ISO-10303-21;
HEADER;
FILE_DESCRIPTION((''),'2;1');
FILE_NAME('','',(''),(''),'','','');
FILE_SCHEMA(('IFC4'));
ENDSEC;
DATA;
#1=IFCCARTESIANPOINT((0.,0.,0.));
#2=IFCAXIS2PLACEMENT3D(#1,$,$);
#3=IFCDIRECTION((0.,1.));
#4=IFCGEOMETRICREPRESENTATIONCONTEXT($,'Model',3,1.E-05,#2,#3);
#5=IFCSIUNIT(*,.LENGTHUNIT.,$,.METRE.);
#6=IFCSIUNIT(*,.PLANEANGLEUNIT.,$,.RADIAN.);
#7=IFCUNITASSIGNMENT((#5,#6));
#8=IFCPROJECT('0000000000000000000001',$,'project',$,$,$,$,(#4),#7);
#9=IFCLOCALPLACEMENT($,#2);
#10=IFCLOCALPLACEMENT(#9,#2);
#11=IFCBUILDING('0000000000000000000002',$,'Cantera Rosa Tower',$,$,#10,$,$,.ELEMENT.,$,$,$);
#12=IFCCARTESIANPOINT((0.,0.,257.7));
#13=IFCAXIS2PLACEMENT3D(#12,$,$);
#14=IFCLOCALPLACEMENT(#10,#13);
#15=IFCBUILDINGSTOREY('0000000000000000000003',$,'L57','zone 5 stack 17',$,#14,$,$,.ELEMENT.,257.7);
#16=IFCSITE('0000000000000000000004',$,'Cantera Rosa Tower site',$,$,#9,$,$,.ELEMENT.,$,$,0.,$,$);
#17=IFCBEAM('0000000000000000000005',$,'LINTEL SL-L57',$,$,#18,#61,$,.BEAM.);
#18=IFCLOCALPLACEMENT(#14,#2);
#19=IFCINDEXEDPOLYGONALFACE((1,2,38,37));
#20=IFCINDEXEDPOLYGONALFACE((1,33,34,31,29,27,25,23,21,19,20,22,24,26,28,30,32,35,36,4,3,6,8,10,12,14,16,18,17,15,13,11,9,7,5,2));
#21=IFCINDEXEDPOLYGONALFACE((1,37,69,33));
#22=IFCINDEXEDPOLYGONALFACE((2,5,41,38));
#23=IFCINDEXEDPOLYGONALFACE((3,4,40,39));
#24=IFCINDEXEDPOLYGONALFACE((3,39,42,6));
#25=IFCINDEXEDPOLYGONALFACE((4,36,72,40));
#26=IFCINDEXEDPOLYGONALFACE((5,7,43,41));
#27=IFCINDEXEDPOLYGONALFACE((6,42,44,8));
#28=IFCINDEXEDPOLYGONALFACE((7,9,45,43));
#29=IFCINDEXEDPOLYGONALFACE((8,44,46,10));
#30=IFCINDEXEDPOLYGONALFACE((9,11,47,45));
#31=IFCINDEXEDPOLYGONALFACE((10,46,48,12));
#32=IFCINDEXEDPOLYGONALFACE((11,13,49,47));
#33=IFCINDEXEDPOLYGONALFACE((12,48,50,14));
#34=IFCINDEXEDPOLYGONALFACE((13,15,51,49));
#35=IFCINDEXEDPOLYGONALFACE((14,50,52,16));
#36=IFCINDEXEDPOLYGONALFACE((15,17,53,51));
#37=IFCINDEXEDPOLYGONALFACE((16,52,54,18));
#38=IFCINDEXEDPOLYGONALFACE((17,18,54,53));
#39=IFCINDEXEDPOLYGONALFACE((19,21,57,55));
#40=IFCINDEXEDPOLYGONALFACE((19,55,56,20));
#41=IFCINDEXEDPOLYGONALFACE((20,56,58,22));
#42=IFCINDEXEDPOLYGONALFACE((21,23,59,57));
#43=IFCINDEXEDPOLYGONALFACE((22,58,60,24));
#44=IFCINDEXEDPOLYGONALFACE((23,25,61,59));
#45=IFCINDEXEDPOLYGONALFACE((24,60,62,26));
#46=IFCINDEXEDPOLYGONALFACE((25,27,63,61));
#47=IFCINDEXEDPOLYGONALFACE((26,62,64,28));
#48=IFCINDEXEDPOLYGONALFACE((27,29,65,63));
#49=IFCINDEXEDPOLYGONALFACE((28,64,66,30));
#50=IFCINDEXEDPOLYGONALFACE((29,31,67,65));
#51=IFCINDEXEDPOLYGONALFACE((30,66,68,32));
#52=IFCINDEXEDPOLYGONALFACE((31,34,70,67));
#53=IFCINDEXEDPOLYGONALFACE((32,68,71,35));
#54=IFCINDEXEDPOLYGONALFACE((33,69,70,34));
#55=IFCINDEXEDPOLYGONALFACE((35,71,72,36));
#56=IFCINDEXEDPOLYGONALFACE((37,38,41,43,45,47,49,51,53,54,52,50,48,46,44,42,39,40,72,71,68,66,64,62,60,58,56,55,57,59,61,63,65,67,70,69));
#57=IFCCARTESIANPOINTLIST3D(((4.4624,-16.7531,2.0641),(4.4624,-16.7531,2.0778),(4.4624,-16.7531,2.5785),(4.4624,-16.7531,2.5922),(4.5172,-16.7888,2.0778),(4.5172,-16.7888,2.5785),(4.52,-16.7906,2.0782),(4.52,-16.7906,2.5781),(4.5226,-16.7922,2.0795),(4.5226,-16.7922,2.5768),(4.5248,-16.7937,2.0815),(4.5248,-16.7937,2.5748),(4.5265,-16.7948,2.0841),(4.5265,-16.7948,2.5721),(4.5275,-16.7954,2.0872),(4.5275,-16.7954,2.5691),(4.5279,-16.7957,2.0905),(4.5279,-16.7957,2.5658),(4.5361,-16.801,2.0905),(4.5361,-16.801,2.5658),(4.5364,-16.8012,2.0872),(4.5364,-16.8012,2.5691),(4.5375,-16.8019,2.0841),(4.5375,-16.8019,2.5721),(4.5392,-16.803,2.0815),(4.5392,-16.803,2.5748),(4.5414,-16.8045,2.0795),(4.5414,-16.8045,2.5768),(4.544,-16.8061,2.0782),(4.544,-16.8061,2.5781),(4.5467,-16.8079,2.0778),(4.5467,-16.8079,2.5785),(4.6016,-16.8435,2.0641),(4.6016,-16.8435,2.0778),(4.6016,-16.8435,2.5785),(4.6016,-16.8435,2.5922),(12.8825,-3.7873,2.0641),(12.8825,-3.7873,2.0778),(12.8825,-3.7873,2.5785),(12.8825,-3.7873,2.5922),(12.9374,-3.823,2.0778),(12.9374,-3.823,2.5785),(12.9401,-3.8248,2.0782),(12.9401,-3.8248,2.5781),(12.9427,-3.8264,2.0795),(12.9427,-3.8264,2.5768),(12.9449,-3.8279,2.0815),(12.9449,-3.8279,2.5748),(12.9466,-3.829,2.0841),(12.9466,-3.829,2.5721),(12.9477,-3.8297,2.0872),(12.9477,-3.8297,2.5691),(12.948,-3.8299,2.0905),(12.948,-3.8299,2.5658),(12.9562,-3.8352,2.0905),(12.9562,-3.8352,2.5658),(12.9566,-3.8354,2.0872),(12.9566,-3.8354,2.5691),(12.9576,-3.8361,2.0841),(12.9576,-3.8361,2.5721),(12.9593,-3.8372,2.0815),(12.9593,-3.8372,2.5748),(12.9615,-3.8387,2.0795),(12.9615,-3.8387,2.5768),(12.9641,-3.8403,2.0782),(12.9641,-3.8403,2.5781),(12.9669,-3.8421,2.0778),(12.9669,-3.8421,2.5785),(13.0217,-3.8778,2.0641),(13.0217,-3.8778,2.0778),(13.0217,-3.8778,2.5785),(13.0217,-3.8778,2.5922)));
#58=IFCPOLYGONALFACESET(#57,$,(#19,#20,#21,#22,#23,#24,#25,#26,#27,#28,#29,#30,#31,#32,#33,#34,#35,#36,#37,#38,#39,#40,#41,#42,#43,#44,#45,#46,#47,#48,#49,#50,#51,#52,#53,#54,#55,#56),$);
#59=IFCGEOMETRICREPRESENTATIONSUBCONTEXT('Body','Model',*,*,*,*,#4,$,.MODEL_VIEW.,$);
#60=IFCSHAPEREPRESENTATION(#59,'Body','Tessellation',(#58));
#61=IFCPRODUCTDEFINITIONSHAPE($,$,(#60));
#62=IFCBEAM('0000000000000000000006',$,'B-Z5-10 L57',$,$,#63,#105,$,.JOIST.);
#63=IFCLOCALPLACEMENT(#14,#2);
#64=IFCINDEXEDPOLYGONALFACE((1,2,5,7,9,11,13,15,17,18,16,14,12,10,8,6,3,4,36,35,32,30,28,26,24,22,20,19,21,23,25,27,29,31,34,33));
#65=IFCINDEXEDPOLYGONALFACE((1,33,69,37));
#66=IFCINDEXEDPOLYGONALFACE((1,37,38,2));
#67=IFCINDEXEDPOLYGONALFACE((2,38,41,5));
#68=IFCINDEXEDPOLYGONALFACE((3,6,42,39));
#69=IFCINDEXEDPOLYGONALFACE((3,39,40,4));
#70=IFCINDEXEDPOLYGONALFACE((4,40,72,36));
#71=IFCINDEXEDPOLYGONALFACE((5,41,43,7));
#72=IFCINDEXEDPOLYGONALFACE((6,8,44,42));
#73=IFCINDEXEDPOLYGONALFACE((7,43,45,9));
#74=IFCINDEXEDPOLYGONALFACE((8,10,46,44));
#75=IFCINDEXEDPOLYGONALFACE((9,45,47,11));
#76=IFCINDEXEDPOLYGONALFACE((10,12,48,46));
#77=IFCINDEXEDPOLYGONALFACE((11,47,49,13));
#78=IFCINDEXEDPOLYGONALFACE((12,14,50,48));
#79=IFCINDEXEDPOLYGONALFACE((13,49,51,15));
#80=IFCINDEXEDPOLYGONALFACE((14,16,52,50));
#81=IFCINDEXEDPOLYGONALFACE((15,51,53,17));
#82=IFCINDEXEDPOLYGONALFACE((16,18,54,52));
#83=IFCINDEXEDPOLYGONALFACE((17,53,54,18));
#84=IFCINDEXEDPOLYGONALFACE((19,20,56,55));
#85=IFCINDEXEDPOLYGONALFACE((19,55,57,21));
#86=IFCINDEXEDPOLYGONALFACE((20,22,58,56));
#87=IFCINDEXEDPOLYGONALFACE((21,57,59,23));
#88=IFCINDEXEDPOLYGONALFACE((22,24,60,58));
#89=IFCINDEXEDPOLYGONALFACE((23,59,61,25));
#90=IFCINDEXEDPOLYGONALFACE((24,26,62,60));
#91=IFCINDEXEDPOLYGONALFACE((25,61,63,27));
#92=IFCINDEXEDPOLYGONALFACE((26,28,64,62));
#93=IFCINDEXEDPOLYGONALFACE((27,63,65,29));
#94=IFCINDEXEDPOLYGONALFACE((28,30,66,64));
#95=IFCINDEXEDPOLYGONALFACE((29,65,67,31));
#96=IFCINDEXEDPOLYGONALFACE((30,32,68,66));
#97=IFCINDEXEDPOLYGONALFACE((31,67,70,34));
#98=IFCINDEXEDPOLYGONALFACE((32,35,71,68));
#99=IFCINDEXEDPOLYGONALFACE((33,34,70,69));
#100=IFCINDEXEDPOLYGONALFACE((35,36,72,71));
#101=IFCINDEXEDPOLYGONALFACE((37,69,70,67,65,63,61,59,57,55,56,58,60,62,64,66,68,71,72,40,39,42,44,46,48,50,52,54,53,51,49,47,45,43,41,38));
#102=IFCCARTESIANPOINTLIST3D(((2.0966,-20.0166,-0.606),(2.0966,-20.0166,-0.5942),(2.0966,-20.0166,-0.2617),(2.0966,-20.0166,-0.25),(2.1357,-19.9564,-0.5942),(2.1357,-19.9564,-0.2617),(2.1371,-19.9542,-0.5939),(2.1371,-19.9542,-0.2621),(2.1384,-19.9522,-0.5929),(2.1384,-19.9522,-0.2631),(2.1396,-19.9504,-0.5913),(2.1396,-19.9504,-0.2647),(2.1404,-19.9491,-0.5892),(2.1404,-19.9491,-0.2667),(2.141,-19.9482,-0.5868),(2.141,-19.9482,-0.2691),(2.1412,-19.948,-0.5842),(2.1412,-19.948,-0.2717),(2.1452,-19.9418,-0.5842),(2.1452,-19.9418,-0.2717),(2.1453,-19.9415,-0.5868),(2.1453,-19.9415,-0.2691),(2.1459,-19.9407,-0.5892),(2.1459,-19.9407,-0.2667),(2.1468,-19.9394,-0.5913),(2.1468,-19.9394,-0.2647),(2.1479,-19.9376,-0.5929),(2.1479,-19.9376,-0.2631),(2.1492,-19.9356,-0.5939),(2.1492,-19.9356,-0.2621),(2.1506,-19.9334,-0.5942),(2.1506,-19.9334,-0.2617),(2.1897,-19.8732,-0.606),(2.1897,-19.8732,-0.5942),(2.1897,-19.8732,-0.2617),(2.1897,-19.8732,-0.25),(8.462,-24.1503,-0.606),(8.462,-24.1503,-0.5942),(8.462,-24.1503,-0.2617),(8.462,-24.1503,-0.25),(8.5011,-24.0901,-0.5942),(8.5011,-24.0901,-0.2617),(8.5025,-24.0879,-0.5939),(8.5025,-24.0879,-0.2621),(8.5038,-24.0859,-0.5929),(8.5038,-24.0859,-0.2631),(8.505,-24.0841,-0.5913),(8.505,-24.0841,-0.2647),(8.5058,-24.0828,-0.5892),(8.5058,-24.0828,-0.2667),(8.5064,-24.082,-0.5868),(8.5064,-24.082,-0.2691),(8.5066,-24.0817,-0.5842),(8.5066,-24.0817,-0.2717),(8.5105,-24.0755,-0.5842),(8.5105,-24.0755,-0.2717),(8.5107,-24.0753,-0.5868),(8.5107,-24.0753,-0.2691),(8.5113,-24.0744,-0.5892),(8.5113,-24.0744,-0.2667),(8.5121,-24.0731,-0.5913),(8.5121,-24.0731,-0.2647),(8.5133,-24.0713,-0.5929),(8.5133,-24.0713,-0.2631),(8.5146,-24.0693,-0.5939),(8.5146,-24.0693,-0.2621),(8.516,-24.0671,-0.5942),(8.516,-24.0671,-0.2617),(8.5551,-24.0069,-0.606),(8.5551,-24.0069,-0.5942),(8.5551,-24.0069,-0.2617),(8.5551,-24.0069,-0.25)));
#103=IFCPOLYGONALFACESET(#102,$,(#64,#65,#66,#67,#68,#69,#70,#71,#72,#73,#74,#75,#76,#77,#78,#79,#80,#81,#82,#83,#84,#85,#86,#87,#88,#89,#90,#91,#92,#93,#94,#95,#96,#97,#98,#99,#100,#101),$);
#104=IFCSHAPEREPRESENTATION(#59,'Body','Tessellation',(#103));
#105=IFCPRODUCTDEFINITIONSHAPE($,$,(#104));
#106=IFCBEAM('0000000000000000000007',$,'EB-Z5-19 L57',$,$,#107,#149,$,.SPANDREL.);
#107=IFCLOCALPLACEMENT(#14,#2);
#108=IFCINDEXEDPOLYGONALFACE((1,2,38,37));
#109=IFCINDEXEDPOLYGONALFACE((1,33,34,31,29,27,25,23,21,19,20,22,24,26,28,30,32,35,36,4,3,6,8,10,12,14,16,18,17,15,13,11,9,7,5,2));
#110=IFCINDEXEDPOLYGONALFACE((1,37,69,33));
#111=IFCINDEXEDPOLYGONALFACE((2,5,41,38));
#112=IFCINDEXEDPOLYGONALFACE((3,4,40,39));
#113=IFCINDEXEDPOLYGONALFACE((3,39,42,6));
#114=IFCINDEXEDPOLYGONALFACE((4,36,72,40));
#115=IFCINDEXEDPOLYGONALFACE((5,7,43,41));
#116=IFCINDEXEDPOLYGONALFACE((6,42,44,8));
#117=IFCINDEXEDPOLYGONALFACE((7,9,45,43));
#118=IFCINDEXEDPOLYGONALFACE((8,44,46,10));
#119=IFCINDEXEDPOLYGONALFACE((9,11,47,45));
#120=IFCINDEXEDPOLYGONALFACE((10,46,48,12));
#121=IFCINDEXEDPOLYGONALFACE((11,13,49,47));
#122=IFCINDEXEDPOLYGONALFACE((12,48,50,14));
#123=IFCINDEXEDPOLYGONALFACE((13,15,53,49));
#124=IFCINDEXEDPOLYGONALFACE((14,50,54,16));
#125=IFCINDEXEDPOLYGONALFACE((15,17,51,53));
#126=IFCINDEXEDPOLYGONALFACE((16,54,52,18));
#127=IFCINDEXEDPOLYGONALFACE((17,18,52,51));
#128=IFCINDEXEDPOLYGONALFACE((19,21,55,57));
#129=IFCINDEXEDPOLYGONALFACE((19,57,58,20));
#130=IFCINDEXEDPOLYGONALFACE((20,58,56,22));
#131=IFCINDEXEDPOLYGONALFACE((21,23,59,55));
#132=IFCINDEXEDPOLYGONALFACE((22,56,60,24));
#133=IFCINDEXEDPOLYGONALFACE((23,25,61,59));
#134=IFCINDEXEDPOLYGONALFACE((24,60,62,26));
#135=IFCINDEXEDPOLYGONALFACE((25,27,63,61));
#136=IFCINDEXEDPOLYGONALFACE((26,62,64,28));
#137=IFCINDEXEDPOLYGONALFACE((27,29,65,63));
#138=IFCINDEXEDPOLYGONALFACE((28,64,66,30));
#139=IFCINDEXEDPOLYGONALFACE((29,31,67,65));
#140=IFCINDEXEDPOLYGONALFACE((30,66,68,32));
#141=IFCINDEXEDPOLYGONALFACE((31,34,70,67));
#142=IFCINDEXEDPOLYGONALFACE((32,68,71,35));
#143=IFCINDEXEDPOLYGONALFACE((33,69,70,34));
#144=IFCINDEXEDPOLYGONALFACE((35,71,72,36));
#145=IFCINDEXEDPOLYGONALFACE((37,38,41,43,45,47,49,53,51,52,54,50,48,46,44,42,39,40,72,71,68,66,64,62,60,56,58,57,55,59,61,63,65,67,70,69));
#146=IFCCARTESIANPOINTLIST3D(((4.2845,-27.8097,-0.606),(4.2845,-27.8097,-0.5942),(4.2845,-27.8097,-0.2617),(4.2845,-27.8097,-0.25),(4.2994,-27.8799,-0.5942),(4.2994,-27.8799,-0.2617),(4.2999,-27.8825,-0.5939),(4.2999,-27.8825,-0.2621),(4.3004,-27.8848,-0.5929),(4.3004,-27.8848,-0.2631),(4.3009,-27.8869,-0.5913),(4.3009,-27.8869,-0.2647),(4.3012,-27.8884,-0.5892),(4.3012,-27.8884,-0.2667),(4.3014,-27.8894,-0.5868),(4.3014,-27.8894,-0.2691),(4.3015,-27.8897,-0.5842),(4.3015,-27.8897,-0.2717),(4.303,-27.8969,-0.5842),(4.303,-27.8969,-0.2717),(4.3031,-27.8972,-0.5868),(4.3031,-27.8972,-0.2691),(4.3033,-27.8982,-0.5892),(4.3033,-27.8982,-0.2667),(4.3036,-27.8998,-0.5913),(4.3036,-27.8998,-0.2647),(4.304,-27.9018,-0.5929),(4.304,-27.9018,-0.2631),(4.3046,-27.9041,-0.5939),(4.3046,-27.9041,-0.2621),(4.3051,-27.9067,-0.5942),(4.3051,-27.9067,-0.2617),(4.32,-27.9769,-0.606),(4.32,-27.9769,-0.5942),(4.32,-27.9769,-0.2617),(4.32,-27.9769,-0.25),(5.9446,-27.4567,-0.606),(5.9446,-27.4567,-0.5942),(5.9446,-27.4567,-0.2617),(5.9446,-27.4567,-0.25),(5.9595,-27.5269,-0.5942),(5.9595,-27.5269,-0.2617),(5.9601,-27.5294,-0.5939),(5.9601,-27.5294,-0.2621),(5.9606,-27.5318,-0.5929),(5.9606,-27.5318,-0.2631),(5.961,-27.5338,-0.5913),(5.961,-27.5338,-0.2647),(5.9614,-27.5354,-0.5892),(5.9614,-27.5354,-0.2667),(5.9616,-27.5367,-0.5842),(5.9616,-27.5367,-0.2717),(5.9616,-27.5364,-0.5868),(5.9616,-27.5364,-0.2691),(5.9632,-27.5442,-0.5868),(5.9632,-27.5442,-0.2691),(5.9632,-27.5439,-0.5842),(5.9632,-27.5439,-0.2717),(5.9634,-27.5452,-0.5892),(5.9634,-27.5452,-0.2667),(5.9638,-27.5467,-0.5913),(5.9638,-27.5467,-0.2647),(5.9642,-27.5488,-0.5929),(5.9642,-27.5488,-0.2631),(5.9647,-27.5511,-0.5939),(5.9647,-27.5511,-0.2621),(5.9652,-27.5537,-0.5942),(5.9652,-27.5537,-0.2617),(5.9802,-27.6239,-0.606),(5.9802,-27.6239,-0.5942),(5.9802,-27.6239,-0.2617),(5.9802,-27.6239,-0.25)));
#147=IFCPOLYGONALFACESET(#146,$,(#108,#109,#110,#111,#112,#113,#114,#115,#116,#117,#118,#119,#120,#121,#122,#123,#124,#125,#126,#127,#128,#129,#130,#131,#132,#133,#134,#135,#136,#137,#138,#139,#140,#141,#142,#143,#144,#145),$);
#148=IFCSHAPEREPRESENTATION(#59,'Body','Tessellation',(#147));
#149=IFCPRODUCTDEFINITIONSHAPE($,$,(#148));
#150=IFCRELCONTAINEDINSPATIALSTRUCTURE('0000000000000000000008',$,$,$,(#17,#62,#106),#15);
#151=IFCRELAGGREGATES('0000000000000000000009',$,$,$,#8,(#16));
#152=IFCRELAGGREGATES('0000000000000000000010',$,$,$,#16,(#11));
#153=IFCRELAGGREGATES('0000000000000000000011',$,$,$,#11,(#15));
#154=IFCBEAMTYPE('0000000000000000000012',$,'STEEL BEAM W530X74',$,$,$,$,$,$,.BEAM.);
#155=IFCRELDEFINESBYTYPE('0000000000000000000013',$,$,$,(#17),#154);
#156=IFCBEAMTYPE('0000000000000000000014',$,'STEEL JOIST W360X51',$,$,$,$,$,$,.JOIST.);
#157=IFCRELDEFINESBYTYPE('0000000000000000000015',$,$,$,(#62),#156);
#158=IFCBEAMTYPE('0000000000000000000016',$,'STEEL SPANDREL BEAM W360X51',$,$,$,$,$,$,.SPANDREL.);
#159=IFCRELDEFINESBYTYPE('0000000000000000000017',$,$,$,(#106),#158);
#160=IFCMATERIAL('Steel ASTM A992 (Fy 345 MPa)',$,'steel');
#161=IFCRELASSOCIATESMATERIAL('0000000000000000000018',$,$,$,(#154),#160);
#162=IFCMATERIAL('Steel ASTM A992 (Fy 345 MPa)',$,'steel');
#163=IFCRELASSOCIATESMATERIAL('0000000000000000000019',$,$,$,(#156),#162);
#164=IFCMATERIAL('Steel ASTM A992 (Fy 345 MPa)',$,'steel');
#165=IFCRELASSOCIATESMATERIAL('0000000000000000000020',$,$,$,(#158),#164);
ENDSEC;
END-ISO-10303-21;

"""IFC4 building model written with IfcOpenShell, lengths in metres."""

from ifc_helpers import new_model, si_unit, direction, frame, origin, origin_2d, place, context, subcontext, project, spatial, i_section, extrude, material, material_profile, profile_set, type_object, element, save


model = new_model("IFC4")

# Units and contexts
model_context = context("Model", 3, precision=1e-05, world=origin(), true_north=direction((0.0, 1.0)))
body_context = subcontext(model_context, "Body", "Model", "MODEL_VIEW")
ifc_project = project(units=[si_unit("LENGTHUNIT", "METRE"), si_unit("PLANEANGLEUNIT", "RADIAN")], contexts=[model_context])

# Site, building, storey
site_placement = place(None, origin())
site = spatial("IfcSite", under=ifc_project, at=site_placement, Name="Cantera Rosa Tower site", CompositionType="ELEMENT", RefElevation=0.0)
building_placement = place(site_placement, origin())
building = spatial("IfcBuilding", under=site, at=building_placement, Name="Cantera Rosa Tower", CompositionType="ELEMENT")
storey_placement = place(building_placement, frame((0.0, 0.0, 257.7)))
storey = spatial("IfcBuildingStorey", under=building, at=storey_placement, Name="L57", Description="zone 5 stack 17", CompositionType="ELEMENT", Elevation=257.7)

# Beams
ifc_material_1 = material(Name="Steel ASTM A992 (Fy 345 MPa)", Category="steel")
ifc_material_profile_1 = material_profile(ifc_material_1, i_section(OverallWidth=0.166, OverallDepth=0.5281, WebThickness=0.0098, FlangeThickness=0.0137, FilletRadius=0.0127, at=origin_2d()), Name="W530X74")
ifc_profile_set_1 = profile_set([ifc_material_profile_1], Name="Steel ASTM A992 (Fy 345 MPa)")
beam_type_1 = type_object("IfcBeamType", Name="STEEL BEAM W530X74", PredefinedType="BEAM", material=ifc_profile_set_1)
beam_1_placement = place(storey_placement, frame((4.532, -16.7983, 2.3281), z_axis=(0.544642, 0.838669, 0.0), x_axis=(-0.838669, 0.544642, 0.0)))
element("IfcBeam", 1, at=beam_1_placement, inside=storey, type_object=beam_type_1, Name="LINTEL SL-L57", PredefinedType="BEAM", context=body_context, shape_type="SweptSolid", body=[
    extrude(i_section(OverallWidth=0.166, OverallDepth=0.5281, WebThickness=0.0098, FlangeThickness=0.0137, FilletRadius=0.0127, at=origin_2d()), origin(), (0.0, 0.0, 1.0), 15.46),
])
ifc_material_2 = material(Name="Steel ASTM A992 (Fy 345 MPa)", Category="steel")
ifc_material_profile_2 = material_profile(ifc_material_2, i_section(OverallWidth=0.1709, OverallDepth=0.356, WebThickness=0.0073, FlangeThickness=0.0117, FilletRadius=0.01, at=origin_2d()), Name="W360X51")
ifc_profile_set_2 = profile_set([ifc_material_profile_2], Name="Steel ASTM A992 (Fy 345 MPa)")
beam_type_2 = type_object("IfcBeamType", Name="STEEL JOIST W360X51", PredefinedType="JOIST", material=ifc_profile_set_2)
beam_2_placement = place(storey_placement, frame((8.5085, -24.0786, -0.428), z_axis=(-0.838671, 0.544639, 0.0), x_axis=(-0.544639, -0.838671, 0.0)))
element("IfcBeam", 2, at=beam_2_placement, inside=storey, type_object=beam_type_2, Name="B-Z5-10 L57", PredefinedType="JOIST", context=body_context, shape_type="SweptSolid", body=[
    extrude(i_section(OverallWidth=0.1709, OverallDepth=0.356, WebThickness=0.0073, FlangeThickness=0.0117, FilletRadius=0.01, at=origin_2d()), origin(), (0.0, 0.0, 1.0), 7.5898),
])
ifc_material_3 = material(Name="Steel ASTM A992 (Fy 345 MPa)", Category="steel")
ifc_material_profile_3 = material_profile(ifc_material_3, i_section(OverallWidth=0.1709, OverallDepth=0.356, WebThickness=0.0073, FlangeThickness=0.0117, FilletRadius=0.01, at=origin_2d()), Name="W360X51")
ifc_profile_set_3 = profile_set([ifc_material_profile_3], Name="Steel ASTM A992 (Fy 345 MPa)")
beam_type_3 = type_object("IfcBeamType", Name="STEEL SPANDREL BEAM W360X51", PredefinedType="SPANDREL", material=ifc_profile_set_3)
beam_3_placement = place(storey_placement, frame((4.3022, -27.8933, -0.428), z_axis=(0.97813, 0.207996, 0.0), x_axis=(-0.207996, 0.97813, 0.0)))
element("IfcBeam", 3, at=beam_3_placement, inside=storey, type_object=beam_type_3, Name="EB-Z5-19 L57", PredefinedType="SPANDREL", context=body_context, shape_type="SweptSolid", body=[
    extrude(i_section(OverallWidth=0.1709, OverallDepth=0.356, WebThickness=0.0073, FlangeThickness=0.0117, FilletRadius=0.01, at=origin_2d()), origin(), (0.0, 0.0, 1.0), 1.6973),
])

save(model, "model.ifc")
